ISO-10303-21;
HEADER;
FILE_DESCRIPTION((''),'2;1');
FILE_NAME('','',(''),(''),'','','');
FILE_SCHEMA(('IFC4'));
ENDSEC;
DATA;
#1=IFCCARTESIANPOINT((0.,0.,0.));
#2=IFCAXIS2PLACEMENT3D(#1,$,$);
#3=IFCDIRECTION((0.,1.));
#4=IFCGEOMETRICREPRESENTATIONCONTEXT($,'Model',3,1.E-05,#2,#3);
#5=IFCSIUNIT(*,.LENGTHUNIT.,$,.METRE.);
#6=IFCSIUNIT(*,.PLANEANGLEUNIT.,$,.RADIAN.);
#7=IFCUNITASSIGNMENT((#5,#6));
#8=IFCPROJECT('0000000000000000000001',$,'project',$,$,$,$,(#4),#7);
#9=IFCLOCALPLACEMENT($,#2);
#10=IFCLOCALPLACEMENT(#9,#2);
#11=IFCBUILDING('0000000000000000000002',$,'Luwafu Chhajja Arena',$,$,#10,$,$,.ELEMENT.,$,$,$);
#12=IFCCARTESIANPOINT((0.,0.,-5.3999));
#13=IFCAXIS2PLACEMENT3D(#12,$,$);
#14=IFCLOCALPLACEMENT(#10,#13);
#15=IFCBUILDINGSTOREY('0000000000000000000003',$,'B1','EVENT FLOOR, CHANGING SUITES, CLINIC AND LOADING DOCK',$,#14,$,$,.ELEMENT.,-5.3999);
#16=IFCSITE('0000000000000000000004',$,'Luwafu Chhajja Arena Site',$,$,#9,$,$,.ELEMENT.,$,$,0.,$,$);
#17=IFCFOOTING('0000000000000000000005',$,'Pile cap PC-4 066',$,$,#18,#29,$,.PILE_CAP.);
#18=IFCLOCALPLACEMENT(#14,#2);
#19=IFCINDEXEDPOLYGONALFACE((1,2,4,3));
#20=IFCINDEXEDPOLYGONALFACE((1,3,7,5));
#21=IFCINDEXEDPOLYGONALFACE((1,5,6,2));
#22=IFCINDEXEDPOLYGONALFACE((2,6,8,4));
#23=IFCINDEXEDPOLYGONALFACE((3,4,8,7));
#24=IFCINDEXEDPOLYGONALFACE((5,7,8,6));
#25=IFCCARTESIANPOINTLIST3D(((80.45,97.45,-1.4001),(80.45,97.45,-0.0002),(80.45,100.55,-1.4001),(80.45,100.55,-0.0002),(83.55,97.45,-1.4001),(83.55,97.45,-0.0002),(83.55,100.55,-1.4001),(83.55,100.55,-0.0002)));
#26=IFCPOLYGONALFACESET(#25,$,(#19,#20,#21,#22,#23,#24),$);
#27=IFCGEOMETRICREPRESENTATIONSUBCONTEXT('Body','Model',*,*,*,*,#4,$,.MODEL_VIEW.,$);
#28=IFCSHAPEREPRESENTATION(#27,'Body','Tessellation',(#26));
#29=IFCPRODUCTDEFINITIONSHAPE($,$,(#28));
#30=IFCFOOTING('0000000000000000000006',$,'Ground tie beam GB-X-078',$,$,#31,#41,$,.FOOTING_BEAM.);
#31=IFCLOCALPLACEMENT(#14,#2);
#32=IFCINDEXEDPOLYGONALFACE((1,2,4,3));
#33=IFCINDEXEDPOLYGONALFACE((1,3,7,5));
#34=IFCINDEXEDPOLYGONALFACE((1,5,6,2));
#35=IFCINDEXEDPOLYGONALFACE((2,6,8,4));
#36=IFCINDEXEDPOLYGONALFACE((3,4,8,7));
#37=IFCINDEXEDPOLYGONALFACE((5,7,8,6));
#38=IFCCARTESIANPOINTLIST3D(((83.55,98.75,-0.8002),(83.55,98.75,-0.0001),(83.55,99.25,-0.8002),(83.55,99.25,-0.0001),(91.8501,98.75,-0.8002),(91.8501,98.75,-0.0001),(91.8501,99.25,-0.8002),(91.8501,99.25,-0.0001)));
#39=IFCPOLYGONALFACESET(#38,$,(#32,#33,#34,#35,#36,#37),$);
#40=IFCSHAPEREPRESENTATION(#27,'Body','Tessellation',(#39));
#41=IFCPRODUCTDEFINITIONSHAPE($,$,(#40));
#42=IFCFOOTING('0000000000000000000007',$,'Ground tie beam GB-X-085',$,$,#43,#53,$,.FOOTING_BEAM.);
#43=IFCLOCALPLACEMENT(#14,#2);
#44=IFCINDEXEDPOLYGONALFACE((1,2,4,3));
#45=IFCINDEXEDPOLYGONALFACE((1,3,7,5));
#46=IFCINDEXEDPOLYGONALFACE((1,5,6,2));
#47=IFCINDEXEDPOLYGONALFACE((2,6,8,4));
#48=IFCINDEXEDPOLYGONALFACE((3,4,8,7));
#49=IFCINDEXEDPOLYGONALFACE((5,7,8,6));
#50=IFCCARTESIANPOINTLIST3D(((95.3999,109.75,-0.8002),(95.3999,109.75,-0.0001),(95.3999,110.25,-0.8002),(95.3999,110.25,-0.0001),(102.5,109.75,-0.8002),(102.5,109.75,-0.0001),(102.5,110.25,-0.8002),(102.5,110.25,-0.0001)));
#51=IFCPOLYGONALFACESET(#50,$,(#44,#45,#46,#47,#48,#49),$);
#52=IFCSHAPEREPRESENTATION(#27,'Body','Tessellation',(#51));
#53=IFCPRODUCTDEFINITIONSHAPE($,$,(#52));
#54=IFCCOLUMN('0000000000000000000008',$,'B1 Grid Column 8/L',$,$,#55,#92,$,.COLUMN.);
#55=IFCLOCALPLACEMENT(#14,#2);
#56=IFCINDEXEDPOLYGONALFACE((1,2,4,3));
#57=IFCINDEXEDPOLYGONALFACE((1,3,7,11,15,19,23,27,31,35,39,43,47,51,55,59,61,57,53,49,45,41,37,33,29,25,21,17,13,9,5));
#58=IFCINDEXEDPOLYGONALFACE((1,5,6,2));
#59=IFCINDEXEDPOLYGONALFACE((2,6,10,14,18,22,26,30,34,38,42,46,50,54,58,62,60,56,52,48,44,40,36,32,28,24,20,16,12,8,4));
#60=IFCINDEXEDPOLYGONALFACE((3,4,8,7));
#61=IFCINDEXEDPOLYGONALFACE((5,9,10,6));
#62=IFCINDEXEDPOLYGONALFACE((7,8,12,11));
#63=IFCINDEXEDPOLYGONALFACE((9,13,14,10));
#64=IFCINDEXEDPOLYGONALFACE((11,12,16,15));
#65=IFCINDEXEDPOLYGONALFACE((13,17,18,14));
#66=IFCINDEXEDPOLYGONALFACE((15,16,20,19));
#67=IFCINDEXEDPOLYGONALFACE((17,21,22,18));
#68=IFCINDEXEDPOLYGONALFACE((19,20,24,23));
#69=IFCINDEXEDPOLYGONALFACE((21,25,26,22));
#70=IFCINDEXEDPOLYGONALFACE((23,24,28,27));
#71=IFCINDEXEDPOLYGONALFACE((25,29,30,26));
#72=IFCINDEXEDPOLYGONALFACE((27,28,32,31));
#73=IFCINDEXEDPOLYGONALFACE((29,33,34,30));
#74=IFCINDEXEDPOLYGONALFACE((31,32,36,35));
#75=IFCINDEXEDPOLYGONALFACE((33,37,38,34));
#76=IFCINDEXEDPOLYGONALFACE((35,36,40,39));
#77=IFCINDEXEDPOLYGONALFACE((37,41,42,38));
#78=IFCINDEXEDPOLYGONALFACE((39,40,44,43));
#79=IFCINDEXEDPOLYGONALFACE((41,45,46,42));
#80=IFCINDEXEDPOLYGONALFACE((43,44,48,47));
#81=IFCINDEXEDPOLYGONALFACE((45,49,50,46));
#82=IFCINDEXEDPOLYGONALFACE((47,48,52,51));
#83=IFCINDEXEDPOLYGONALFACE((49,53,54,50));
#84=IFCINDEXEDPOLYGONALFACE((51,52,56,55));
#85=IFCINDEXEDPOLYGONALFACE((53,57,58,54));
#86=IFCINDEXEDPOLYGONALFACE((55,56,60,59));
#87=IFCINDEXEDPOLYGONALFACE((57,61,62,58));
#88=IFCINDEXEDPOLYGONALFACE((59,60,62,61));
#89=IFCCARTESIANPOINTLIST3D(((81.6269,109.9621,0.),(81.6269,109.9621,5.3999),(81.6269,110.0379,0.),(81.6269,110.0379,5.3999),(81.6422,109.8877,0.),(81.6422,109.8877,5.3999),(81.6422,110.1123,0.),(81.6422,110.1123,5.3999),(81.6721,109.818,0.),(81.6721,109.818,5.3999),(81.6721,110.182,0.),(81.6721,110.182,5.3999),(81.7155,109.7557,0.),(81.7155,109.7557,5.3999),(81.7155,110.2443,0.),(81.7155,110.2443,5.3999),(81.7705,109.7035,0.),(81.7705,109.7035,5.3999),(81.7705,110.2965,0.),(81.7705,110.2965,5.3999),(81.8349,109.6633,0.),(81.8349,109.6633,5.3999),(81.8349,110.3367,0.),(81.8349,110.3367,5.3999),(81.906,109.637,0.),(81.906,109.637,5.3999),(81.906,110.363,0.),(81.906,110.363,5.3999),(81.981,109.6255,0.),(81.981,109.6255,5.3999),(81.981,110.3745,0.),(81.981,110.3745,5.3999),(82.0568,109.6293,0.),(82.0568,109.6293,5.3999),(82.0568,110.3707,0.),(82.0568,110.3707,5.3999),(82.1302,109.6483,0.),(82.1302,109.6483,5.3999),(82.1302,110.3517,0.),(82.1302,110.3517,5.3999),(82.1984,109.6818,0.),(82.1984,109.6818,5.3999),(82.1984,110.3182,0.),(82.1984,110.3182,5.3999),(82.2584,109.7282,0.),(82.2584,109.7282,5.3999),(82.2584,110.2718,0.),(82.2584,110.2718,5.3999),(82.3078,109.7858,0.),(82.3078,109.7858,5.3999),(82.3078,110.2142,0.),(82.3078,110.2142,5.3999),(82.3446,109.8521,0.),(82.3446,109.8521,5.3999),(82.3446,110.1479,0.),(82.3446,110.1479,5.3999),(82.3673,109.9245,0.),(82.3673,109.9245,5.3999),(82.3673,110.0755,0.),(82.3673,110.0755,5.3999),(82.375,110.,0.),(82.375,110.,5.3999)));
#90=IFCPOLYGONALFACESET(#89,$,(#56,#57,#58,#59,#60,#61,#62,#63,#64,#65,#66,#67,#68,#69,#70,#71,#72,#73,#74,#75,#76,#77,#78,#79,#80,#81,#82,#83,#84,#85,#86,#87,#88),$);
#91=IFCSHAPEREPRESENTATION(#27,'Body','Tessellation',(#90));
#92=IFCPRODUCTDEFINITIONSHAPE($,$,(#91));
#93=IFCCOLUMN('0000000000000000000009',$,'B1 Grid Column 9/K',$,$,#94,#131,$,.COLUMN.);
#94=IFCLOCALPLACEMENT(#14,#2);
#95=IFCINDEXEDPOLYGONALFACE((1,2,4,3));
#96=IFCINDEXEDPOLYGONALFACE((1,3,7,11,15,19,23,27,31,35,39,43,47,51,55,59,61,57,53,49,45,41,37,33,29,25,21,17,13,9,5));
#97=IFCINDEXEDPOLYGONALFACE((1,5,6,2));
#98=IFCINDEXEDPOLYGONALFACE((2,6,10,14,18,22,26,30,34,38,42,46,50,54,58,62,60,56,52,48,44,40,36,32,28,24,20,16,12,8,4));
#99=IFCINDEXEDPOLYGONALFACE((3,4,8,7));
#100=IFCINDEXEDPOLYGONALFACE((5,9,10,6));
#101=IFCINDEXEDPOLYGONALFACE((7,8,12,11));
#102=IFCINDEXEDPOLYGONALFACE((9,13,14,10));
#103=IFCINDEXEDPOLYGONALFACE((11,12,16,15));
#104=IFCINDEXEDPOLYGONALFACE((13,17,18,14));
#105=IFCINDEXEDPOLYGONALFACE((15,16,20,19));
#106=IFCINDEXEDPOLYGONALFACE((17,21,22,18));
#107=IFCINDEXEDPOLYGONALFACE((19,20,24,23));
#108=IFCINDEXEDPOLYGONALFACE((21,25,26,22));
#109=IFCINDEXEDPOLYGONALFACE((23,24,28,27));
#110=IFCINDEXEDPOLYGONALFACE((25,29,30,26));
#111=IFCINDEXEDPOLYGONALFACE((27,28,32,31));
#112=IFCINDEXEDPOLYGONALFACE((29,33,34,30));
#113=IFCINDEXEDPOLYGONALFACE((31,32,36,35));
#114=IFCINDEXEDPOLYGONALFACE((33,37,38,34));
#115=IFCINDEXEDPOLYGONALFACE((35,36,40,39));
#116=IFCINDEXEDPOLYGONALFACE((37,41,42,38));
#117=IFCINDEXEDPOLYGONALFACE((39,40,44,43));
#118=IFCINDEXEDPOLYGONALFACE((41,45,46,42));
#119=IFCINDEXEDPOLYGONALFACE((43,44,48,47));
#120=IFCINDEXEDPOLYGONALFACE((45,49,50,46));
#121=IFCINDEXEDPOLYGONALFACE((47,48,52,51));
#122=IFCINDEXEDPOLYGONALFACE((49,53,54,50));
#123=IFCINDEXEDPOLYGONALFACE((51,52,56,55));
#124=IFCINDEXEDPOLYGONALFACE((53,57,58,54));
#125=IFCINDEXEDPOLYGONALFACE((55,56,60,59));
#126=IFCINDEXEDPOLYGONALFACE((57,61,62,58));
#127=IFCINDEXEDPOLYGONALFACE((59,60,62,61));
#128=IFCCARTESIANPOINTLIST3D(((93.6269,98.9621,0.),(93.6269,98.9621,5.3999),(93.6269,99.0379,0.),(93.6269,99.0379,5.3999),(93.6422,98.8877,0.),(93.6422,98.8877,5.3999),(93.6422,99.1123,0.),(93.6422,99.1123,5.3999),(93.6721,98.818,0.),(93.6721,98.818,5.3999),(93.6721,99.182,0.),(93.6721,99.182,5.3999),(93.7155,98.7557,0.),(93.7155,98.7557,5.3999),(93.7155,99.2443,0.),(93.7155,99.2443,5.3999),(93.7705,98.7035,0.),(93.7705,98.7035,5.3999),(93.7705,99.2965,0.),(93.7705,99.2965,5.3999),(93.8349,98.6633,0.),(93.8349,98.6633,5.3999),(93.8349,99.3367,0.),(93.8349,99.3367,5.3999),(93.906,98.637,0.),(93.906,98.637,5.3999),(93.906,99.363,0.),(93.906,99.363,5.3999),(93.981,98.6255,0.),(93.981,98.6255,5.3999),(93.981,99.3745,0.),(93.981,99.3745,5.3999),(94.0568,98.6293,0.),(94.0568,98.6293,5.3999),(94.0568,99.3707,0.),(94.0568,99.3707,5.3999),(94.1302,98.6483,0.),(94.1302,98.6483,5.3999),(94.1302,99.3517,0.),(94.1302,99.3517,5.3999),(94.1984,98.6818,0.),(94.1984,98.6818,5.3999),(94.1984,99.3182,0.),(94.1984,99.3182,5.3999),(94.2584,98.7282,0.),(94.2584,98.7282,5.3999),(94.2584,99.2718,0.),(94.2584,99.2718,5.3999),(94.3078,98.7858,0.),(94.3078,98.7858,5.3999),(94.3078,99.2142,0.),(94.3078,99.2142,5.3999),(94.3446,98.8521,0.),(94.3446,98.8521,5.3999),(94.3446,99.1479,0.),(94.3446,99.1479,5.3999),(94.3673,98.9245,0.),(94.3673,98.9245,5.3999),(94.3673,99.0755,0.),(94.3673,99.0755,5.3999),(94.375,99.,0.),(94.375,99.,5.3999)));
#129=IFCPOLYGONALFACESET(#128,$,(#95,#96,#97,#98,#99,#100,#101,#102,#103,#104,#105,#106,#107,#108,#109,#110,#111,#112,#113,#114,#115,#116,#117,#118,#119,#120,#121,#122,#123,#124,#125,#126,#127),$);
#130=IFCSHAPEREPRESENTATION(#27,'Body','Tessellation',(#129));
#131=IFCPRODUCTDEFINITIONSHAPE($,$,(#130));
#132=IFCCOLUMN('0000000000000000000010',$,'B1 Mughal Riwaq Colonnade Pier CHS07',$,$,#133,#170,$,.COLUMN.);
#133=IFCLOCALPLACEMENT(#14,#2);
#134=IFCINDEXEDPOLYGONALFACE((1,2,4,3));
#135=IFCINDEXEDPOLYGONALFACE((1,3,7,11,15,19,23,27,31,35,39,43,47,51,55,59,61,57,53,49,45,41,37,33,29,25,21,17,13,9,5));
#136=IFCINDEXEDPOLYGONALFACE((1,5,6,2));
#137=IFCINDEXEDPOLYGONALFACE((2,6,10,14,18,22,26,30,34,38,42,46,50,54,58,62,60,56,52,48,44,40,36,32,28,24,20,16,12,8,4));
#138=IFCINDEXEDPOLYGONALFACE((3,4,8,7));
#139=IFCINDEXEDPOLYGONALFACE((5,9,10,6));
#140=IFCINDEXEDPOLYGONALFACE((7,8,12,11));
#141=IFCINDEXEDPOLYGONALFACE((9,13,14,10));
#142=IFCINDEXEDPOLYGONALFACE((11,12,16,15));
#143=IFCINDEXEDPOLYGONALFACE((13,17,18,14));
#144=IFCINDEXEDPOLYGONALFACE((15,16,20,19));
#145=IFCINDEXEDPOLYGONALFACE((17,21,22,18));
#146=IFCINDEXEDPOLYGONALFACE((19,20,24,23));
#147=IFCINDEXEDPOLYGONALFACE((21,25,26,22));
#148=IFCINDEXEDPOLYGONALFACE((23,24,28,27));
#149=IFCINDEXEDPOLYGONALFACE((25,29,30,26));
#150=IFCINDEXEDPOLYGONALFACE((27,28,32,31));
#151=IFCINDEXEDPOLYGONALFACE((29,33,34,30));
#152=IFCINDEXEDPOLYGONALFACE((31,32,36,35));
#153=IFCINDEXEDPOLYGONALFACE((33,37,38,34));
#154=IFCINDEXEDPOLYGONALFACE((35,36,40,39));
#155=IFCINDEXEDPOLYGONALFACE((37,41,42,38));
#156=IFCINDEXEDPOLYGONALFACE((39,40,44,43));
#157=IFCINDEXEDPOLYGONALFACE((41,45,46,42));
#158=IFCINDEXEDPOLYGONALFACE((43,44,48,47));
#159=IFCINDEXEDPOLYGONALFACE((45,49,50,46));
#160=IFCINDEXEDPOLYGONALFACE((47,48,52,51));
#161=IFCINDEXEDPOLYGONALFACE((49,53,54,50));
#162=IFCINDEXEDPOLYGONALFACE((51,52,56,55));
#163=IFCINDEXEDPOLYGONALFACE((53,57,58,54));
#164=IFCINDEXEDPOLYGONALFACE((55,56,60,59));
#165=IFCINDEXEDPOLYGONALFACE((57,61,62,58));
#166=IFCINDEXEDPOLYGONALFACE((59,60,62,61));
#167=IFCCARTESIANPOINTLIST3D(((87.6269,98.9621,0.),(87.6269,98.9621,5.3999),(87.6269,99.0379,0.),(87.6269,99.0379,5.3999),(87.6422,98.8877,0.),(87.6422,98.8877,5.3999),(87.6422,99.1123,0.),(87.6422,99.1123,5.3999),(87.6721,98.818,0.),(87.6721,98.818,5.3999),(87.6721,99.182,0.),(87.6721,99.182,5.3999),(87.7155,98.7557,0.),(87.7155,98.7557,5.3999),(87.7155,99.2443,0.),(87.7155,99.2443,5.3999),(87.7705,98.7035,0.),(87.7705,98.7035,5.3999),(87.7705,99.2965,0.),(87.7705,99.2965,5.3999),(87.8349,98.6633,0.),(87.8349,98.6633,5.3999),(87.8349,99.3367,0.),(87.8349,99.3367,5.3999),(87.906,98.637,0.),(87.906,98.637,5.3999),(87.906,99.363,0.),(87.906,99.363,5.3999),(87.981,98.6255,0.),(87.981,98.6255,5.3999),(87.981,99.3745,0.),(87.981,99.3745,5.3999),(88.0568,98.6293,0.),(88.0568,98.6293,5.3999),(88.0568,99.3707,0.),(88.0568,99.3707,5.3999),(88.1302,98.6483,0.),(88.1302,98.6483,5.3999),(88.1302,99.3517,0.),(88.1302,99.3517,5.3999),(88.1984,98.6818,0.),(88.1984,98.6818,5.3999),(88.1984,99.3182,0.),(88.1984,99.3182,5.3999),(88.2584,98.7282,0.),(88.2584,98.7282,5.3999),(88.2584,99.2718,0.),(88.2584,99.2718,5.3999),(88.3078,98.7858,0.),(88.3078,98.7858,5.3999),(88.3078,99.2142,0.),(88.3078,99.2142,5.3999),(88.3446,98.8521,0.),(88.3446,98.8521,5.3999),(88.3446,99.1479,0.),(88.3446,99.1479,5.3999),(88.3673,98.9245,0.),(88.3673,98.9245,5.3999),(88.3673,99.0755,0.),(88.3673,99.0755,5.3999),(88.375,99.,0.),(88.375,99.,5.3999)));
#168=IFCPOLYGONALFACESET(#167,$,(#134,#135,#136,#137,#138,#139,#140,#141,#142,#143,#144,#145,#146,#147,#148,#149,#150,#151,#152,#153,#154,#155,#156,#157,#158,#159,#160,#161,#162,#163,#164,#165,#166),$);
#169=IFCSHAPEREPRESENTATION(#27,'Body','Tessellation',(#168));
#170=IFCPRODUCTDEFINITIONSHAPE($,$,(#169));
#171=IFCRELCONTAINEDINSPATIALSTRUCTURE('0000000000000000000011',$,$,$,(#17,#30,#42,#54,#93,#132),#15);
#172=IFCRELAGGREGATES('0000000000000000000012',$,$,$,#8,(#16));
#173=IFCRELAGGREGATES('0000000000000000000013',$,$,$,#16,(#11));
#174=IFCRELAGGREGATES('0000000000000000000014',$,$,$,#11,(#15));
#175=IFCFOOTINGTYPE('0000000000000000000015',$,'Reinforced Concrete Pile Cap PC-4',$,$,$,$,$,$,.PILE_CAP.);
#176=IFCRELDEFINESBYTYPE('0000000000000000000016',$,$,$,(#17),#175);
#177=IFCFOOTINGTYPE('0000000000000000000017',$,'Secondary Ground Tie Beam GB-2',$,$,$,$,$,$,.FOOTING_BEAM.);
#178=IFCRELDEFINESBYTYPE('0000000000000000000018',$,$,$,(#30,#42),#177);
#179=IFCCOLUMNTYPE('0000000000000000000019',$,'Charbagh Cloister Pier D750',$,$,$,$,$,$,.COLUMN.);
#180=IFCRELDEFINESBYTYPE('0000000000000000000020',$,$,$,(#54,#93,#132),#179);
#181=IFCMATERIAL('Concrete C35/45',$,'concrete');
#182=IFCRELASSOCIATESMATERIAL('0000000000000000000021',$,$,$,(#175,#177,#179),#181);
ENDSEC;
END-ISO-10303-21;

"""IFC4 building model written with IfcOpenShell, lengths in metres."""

from ifc_helpers import new_model, si_unit, direction, frame, origin, origin_2d, place, context, subcontext, project, spatial, rectangle, circle, extrude, material, material_profile, profile_set, type_object, element, save


model = new_model("IFC4")

# Units and contexts
model_context = context("Model", 3, precision=1e-05, world=origin(), true_north=direction((0.0, 1.0)))
body_context = subcontext(model_context, "Body", "Model", "MODEL_VIEW")
ifc_project = project(units=[si_unit("LENGTHUNIT", "METRE"), si_unit("PLANEANGLEUNIT", "RADIAN")], contexts=[model_context])

# Site, building, storey
site_placement = place(None, origin())
site = spatial("IfcSite", under=ifc_project, at=site_placement, Name="Luwafu Chhajja Arena Site", CompositionType="ELEMENT", RefElevation=0.0)
building_placement = place(site_placement, origin())
building = spatial("IfcBuilding", under=site, at=building_placement, Name="Luwafu Chhajja Arena", CompositionType="ELEMENT")
storey_placement = place(building_placement, frame((0.0, 0.0, -5.3999)))
storey = spatial("IfcBuildingStorey", under=building, at=storey_placement, Name="B1", Description="EVENT FLOOR, CHANGING SUITES, CLINIC AND LOADING DOCK", CompositionType="ELEMENT", Elevation=-5.3999)

# Shared definitions
ifc_material_1 = material(Name="Concrete C35/45", Category="concrete")

# Footings
footing_type_1 = type_object("IfcFootingType", Name="Reinforced Concrete Pile Cap PC-4", PredefinedType="PILE_CAP", material=ifc_material_1)
footing_1_placement = place(storey_placement, frame((82.0, 99.0, -1.4001), z_axis=(0.0, 0.0, 1.0), x_axis=(1.0, 0.0, 0.0)))
element("IfcFooting", 1, at=footing_1_placement, inside=storey, type_object=footing_type_1, Name="Pile cap PC-4 066", PredefinedType="PILE_CAP", context=body_context, shape_type="SweptSolid", body=[
    extrude(rectangle(XDim=3.1001, YDim=3.1001, at=origin_2d()), origin(), (0.0, 0.0, 1.0), 1.3999),
])
ifc_material_profile_1 = material_profile(ifc_material_1, rectangle(XDim=0.5, YDim=0.8, at=origin_2d()), Name="RC 500x800")
ifc_profile_set_1 = profile_set([ifc_material_profile_1], Name="Concrete C35/45")
footing_type_2 = type_object("IfcFootingType", Name="Secondary Ground Tie Beam GB-2", PredefinedType="FOOTING_BEAM", material=ifc_profile_set_1)
footing_2_placement = place(storey_placement, frame((83.55, 99.0, -0.4001), z_axis=(1.0, 0.0, 0.0), x_axis=(0.0, 1.0, 0.0)))
element("IfcFooting", 2, at=footing_2_placement, inside=storey, type_object=footing_type_2, Name="Ground tie beam GB-X-078", PredefinedType="FOOTING_BEAM", context=body_context, shape_type="SweptSolid", body=[
    extrude(rectangle(XDim=0.5, YDim=0.8, at=origin_2d()), origin(), (0.0, 0.0, 1.0), 8.3),
])
footing_3_placement = place(storey_placement, frame((95.3999, 110.0, -0.4001), z_axis=(1.0, 0.0, 0.0), x_axis=(0.0, 1.0, 0.0)))
element("IfcFooting", 3, at=footing_3_placement, inside=storey, type_object=footing_type_2, Name="Ground tie beam GB-X-085", PredefinedType="FOOTING_BEAM", context=body_context, shape_type="SweptSolid", body=[
    extrude(rectangle(XDim=0.5, YDim=0.8, at=origin_2d()), origin(), (0.0, 0.0, 1.0), 7.1001),
])

# Columns
ifc_material_profile_2 = material_profile(ifc_material_1, circle(Radius=0.375, at=origin_2d()), Name="RC COL D750")
ifc_profile_set_2 = profile_set([ifc_material_profile_2], Name="Concrete C35/45")
column_type_1 = type_object("IfcColumnType", Name="Charbagh Cloister Pier D750", PredefinedType="COLUMN", material=ifc_profile_set_2)
for number, where, z_axis, x_axis, name in (
    (4, (82.0, 110.0, 0.0), (0.0, 0.0, 1.0), (1.0, 0.0, 0.0), "B1 Grid Column 8/L"),
    (5, (94.0, 99.0, 0.0), (0.0, 0.0, 1.0), (1.0, 0.0, 0.0), "B1 Grid Column 9/K"),
    (6, (88.0, 99.0, 0.0), (0.0, 0.0, 1.0), (1.0, 0.0, 0.0), "B1 Mughal Riwaq Colonnade Pier CHS07"),
):
    element("IfcColumn", number, at=place(storey_placement, frame(where, z_axis=z_axis, x_axis=x_axis)), inside=storey, type_object=column_type_1, Name=name, PredefinedType="COLUMN", context=body_context, shape_type="SweptSolid", body=[
        extrude(circle(Radius=0.375, at=origin_2d()), origin(), (0.0, 0.0, 1.0), 5.3999),
    ])

save(model, "model.ifc")
